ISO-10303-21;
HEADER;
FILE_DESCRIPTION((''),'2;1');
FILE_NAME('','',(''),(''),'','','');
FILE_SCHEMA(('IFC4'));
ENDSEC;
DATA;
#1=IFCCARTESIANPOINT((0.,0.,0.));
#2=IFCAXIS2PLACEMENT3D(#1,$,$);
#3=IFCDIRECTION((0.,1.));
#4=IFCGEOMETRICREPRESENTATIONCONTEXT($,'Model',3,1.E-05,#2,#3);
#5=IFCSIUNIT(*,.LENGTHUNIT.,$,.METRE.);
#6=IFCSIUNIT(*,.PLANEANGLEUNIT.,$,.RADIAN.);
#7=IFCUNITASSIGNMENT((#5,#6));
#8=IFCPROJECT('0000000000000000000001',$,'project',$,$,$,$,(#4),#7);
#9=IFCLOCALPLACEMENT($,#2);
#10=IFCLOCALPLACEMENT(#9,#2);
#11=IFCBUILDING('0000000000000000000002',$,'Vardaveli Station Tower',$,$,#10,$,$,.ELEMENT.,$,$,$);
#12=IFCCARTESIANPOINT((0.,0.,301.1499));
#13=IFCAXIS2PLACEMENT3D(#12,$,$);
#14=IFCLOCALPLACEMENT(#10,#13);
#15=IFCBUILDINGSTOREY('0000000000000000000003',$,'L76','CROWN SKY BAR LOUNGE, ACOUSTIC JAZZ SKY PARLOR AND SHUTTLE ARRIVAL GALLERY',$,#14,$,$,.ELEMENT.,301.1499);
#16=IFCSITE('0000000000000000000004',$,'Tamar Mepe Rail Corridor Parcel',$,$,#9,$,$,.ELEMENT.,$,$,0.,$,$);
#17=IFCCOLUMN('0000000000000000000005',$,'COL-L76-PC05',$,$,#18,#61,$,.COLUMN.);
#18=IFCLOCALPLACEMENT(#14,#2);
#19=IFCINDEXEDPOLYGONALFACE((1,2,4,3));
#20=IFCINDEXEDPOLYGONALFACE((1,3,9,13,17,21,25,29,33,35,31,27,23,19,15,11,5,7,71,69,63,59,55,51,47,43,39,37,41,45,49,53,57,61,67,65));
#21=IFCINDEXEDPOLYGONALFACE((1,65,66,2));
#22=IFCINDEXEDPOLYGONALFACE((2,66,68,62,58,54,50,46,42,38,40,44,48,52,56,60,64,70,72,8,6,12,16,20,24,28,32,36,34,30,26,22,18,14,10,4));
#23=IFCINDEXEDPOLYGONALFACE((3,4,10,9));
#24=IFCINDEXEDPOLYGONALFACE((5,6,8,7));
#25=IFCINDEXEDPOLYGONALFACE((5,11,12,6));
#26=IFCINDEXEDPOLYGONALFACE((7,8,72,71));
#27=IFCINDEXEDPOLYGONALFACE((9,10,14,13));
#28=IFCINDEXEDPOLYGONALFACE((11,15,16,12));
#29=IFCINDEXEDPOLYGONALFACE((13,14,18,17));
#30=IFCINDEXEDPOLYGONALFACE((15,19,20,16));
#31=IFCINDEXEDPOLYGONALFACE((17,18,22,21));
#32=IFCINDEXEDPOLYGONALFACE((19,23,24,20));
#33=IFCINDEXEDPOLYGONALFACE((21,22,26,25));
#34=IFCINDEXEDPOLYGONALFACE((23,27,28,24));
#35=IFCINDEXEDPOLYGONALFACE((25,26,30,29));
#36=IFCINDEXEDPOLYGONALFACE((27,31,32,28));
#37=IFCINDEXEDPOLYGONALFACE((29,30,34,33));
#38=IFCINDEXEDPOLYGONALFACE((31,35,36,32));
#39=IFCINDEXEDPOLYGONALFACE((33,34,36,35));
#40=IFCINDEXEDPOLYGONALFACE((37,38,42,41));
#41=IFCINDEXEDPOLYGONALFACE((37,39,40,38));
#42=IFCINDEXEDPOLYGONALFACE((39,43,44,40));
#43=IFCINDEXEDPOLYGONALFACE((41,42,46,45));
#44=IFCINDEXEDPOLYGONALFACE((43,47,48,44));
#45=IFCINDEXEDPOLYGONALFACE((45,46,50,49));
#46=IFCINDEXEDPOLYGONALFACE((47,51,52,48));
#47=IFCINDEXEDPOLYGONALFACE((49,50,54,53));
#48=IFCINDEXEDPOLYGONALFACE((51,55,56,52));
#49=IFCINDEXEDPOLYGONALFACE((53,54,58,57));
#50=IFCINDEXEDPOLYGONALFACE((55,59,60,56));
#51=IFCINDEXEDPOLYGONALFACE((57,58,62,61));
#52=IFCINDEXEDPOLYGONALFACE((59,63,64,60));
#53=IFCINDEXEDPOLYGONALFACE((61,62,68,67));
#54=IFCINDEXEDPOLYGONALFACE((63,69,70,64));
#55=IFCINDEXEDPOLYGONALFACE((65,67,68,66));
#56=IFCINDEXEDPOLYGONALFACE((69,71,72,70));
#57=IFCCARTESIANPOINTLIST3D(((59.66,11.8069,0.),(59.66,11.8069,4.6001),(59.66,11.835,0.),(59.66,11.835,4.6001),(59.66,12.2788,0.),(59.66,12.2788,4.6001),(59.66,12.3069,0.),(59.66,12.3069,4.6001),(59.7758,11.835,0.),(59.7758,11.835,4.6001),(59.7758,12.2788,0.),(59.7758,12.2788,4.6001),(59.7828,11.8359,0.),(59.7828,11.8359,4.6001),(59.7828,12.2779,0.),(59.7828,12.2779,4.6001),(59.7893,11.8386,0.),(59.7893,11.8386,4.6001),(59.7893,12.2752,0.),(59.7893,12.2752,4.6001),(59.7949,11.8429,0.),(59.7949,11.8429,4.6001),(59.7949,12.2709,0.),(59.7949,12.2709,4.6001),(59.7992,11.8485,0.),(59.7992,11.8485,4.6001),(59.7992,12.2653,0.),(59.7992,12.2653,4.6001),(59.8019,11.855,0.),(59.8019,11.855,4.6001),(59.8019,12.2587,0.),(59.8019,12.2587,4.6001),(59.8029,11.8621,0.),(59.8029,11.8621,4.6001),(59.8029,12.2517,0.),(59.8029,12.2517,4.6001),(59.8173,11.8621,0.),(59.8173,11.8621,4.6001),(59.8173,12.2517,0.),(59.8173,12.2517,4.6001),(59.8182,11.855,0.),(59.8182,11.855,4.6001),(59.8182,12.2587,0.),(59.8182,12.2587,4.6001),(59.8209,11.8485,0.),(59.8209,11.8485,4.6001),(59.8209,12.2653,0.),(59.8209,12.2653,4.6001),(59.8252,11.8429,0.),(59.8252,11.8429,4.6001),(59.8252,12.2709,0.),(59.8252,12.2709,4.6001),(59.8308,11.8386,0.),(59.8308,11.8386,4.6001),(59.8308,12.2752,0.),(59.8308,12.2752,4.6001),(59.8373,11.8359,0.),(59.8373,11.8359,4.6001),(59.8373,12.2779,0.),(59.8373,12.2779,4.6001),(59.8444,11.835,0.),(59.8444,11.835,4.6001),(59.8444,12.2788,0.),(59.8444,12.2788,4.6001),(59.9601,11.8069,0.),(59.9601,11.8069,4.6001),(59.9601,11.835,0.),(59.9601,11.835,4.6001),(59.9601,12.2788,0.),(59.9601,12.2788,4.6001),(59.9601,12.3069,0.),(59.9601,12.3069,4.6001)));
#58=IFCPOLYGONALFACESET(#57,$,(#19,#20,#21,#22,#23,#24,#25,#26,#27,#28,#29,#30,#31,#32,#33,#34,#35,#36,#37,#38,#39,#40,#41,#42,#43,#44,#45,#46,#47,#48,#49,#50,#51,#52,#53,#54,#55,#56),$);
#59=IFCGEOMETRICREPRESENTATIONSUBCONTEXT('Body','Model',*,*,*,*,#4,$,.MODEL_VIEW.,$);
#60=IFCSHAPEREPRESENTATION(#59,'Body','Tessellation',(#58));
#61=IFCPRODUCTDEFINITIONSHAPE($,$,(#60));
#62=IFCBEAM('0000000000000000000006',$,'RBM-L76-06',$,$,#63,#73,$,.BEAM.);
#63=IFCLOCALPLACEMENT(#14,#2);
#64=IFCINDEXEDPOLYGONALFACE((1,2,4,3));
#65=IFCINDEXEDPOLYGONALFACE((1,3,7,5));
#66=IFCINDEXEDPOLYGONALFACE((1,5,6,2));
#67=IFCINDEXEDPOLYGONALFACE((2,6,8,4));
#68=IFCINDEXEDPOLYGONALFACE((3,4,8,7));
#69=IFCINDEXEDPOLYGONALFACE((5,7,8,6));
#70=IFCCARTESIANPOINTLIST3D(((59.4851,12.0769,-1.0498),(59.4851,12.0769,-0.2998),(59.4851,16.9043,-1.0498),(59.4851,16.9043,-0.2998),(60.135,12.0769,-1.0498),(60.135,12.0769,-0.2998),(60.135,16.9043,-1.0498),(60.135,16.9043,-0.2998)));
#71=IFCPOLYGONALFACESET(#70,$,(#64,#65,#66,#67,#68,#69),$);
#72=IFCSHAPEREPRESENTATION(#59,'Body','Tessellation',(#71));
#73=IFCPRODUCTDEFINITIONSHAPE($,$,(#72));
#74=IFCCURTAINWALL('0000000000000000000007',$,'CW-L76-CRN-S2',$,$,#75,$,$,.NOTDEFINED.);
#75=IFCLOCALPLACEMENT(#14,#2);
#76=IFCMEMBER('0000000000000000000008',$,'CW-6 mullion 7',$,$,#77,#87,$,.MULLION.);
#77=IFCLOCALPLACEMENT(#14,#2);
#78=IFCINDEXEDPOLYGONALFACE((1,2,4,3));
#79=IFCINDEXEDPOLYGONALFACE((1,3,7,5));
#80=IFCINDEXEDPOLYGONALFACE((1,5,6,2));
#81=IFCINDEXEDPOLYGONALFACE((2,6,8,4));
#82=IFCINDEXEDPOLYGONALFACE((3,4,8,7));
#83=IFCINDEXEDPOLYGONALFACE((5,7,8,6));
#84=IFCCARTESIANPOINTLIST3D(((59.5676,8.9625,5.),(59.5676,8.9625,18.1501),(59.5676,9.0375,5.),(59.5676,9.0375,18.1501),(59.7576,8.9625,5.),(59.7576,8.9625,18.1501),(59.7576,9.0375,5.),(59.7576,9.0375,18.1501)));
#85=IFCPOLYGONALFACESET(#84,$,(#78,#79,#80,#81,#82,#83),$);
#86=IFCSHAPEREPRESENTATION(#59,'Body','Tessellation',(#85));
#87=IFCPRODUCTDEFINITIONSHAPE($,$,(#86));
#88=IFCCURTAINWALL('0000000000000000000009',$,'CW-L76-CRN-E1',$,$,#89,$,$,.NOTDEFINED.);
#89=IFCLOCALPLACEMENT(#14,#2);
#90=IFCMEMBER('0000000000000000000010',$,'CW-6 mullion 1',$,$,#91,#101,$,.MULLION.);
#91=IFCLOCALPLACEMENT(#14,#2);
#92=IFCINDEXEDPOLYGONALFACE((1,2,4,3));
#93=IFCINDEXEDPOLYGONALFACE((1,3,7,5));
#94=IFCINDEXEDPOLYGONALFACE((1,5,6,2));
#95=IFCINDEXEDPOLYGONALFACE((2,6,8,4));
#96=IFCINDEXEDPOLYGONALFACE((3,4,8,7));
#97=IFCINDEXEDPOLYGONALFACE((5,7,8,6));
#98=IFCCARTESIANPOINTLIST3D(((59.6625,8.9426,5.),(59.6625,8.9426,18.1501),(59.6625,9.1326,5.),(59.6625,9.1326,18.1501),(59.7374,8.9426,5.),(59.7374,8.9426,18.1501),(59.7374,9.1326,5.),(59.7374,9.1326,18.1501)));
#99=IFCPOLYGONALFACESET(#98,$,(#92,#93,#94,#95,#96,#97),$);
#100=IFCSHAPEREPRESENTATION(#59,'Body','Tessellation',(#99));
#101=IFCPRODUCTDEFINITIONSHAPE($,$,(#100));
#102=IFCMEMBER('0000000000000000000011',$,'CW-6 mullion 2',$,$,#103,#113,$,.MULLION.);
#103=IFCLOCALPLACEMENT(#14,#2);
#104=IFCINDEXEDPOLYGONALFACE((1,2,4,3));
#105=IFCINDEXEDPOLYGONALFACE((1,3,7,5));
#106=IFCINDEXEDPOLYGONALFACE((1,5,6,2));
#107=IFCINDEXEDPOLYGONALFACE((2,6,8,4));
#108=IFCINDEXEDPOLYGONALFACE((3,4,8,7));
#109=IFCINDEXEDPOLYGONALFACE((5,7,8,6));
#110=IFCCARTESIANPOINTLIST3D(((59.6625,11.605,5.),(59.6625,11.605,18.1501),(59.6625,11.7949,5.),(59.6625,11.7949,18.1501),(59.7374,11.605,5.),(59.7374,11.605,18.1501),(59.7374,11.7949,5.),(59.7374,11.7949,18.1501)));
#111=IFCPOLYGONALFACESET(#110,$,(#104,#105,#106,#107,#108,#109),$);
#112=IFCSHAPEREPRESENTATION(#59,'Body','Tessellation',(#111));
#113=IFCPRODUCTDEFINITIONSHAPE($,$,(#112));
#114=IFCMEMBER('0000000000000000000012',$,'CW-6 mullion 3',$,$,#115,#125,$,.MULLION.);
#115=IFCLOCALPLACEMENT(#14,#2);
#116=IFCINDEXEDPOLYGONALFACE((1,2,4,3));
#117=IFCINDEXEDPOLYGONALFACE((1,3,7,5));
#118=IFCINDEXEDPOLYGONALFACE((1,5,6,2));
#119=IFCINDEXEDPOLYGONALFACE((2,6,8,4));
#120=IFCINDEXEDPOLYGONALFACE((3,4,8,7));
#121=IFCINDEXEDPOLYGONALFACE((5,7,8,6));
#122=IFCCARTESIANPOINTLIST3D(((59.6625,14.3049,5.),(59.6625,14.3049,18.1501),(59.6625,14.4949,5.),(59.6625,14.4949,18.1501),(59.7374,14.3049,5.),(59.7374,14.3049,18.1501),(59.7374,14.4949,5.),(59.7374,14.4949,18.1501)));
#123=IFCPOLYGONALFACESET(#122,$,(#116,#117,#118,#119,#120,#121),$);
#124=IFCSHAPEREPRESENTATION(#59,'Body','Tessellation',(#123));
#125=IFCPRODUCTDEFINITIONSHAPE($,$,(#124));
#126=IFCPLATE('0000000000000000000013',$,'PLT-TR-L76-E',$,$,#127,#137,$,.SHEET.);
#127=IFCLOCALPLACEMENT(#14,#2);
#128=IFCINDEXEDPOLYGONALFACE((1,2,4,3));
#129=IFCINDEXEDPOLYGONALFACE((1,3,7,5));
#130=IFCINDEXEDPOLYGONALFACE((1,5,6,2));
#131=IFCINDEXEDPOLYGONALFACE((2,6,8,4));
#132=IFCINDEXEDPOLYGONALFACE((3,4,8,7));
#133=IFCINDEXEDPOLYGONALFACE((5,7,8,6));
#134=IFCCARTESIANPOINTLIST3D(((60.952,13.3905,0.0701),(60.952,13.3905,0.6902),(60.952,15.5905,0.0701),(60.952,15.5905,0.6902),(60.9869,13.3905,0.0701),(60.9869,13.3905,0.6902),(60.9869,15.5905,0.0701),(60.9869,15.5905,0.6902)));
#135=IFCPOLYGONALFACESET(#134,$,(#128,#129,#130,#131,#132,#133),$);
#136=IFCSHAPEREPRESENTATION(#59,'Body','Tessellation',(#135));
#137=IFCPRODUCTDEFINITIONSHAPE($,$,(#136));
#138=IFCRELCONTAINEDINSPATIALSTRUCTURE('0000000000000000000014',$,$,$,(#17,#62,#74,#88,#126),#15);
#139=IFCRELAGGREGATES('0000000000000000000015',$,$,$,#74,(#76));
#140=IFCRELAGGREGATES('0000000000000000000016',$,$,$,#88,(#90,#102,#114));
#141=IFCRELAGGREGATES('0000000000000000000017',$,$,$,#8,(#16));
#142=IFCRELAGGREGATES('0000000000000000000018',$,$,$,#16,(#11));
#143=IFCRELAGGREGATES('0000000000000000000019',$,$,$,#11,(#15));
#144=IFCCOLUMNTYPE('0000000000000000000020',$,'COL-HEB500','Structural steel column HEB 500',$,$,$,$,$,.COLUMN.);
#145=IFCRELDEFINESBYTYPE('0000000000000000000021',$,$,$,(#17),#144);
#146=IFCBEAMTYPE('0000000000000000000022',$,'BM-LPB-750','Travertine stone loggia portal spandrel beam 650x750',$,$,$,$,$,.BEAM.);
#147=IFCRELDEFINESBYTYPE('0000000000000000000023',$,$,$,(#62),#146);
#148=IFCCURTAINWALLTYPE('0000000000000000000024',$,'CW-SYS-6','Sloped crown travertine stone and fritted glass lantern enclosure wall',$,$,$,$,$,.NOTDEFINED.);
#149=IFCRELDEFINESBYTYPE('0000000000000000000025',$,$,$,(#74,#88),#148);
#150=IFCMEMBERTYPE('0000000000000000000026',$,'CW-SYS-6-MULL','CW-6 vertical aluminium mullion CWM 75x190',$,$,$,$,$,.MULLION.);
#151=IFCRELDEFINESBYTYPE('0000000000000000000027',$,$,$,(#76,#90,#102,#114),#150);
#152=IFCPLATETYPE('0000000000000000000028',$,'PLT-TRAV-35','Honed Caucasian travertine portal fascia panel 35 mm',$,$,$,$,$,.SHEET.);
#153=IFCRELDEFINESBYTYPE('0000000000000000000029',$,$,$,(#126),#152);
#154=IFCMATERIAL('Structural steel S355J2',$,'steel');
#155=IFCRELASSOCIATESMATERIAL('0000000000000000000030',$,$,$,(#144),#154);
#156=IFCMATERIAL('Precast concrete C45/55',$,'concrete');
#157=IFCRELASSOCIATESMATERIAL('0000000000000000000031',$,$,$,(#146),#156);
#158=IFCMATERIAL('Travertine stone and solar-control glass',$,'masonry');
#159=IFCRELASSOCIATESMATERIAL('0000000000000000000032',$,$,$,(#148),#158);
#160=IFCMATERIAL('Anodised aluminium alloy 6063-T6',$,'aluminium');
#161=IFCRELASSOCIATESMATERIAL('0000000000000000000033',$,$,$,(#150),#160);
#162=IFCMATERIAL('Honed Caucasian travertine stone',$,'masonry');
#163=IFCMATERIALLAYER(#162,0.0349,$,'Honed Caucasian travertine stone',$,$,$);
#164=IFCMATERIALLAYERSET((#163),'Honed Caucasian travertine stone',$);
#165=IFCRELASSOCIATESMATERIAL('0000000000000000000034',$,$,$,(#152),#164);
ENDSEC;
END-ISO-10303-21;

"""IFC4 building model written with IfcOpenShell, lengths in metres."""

from ifc_helpers import new_model, si_unit, direction, frame, origin, origin_2d, place, context, subcontext, project, spatial, rectangle, i_section, extrude, source, transform, mapped, material, layer, layer_set, material_profile, profile_set, type_object, element, aggregate, save


model = new_model("IFC4")

# Units and contexts
model_context = context("Model", 3, precision=1e-05, world=origin(), true_north=direction((0.0, 1.0)))
body_context = subcontext(model_context, "Body", "Model", "MODEL_VIEW")
ifc_project = project(units=[si_unit("LENGTHUNIT", "METRE"), si_unit("PLANEANGLEUNIT", "RADIAN")], contexts=[model_context])

# Site, building, storey
site_placement = place(None, origin())
site = spatial("IfcSite", under=ifc_project, at=site_placement, Name="Tamar Mepe Rail Corridor Parcel", CompositionType="ELEMENT", RefElevation=0.0)
building_placement = place(site_placement, origin())
building = spatial("IfcBuilding", under=site, at=building_placement, Name="Vardaveli Station Tower", CompositionType="ELEMENT")
storey_placement = place(building_placement, frame((0.0, 0.0, 301.1499)))
storey = spatial("IfcBuildingStorey", under=building, at=storey_placement, Name="L76", Description="CROWN SKY BAR LOUNGE, ACOUSTIC JAZZ SKY PARLOR AND SHUTTLE ARRIVAL GALLERY", CompositionType="ELEMENT", Elevation=301.1499)

# Column
ifc_material_1 = material(Name="Structural steel S355J2", Category="steel")
ifc_material_profile_1 = material_profile(ifc_material_1, i_section(OverallWidth=0.3, OverallDepth=0.5, WebThickness=0.0144, FlangeThickness=0.0281, FilletRadius=0.0271, at=origin_2d()), Name="HEB 500")
ifc_profile_set_1 = profile_set([ifc_material_profile_1], Name="Structural steel S355J2")
column_type = type_object("IfcColumnType", Name="COL-HEB500", Description="Structural steel column HEB 500", PredefinedType="COLUMN", material=ifc_profile_set_1)
shared_shape_1 = source(origin(), body_context, "Body", "SweptSolid", [
    extrude(i_section(OverallWidth=0.3, OverallDepth=0.5, WebThickness=0.0144, FlangeThickness=0.0281, FilletRadius=0.0271, at=origin_2d()), origin(), (0.0, 0.0, 1.0), 4.6001),
])
column_placement = place(storey_placement, frame((59.8101, 12.0569, 0.0), z_axis=(0.0, 0.0, 1.0), x_axis=(1.0, 0.0, 0.0)))
element("IfcColumn", 1, at=column_placement, inside=storey, type_object=column_type, Name="COL-L76-PC05", PredefinedType="COLUMN", context=body_context, shape_type="MappedRepresentation", body=[
    mapped(shared_shape_1, transform((0.0, 0.0, 0.0), scale=1.0)),
])

# Beam
ifc_material_2 = material(Name="Precast concrete C45/55", Category="concrete")
ifc_material_profile_2 = material_profile(ifc_material_2, rectangle(XDim=0.6499, YDim=0.75, at=origin_2d()), Name="LPB 650x750")
ifc_profile_set_2 = profile_set([ifc_material_profile_2], Name="Precast concrete C45/55")
beam_type = type_object("IfcBeamType", Name="BM-LPB-750", Description="Travertine stone loggia portal spandrel beam 650x750", PredefinedType="BEAM", material=ifc_profile_set_2)
shared_shape_2 = source(origin(), body_context, "Body", "SweptSolid", [
    extrude(rectangle(XDim=0.6499, YDim=0.75, at=origin_2d()), origin(), (0.0, 0.0, 1.0), 4.8274),
])
beam_placement = place(storey_placement, frame((59.8101, 12.0769, -0.6748), z_axis=(0.0, 1.0, 0.0), x_axis=(-1.0, 0.0, 0.0)))
element("IfcBeam", 2, at=beam_placement, inside=storey, type_object=beam_type, Name="RBM-L76-06", PredefinedType="BEAM", context=body_context, shape_type="MappedRepresentation", body=[
    mapped(shared_shape_2, transform((0.0, 0.0, 0.0), scale=1.0)),
])

# Curtain wall, member
ifc_material_3 = material(Name="Travertine stone and solar-control glass", Category="masonry")
curtain_wall_type = type_object("IfcCurtainWallType", Name="CW-SYS-6", Description="Sloped crown travertine stone and fritted glass lantern enclosure wall", PredefinedType="NOTDEFINED", material=ifc_material_3)
curtain_wall_1_placement = place(storey_placement, origin())
curtain_wall_1 = element("IfcCurtainWall", 3, at=curtain_wall_1_placement, inside=storey, type_object=curtain_wall_type, Name="CW-L76-CRN-S2", PredefinedType="NOTDEFINED")
ifc_material_4 = material(Name="Anodised aluminium alloy 6063-T6", Category="aluminium")
ifc_material_profile_3 = material_profile(ifc_material_4, rectangle(XDim=0.075, YDim=0.1899, at=origin_2d()), Name="CWM 75x190")
ifc_profile_set_3 = profile_set([ifc_material_profile_3], Name="Anodised aluminium alloy 6063-T6")
member_type = type_object("IfcMemberType", Name="CW-SYS-6-MULL", Description="CW-6 vertical aluminium mullion CWM 75x190", PredefinedType="MULLION", material=ifc_profile_set_3)
shared_shape_3 = source(origin(), body_context, "Body", "SweptSolid", [
    extrude(rectangle(XDim=0.075, YDim=0.1899, at=origin_2d()), origin(), (0.0, 0.0, 1.0), 13.1501),
])
member_1_placement = place(storey_placement, frame((59.6626, 9.0, 5.0), z_axis=(0.0, 0.0, 1.0), x_axis=(0.0, 1.0, 0.0)))
member_1 = element("IfcMember", 4, at=member_1_placement, type_object=member_type, Name="CW-6 mullion 7", PredefinedType="MULLION", context=body_context, shape_type="MappedRepresentation", body=[
    mapped(shared_shape_3, transform((0.0, 0.0, 0.0), scale=1.0)),
])
aggregate(curtain_wall_1, [member_1])

# Curtain wall, members
curtain_wall_2_placement = place(storey_placement, origin())
curtain_wall_2 = element("IfcCurtainWall", 5, at=curtain_wall_2_placement, inside=storey, type_object=curtain_wall_type, Name="CW-L76-CRN-E1", PredefinedType="NOTDEFINED")
member_2_placement = place(storey_placement, frame((59.7, 9.0376, 5.0), z_axis=(0.0, 0.0, 1.0), x_axis=(-1.0, 0.0, 0.0)))
member_2 = element("IfcMember", 6, at=member_2_placement, type_object=member_type, Name="CW-6 mullion 1", PredefinedType="MULLION", context=body_context, shape_type="MappedRepresentation", body=[
    mapped(shared_shape_3, transform((0.0, 0.0, 0.0), scale=1.0)),
])
member_3_placement = place(storey_placement, frame((59.7, 11.7, 5.0), z_axis=(0.0, 0.0, 1.0), x_axis=(-1.0, 0.0, 0.0)))
member_3 = element("IfcMember", 7, at=member_3_placement, type_object=member_type, Name="CW-6 mullion 2", PredefinedType="MULLION", context=body_context, shape_type="MappedRepresentation", body=[
    mapped(shared_shape_3, transform((0.0, 0.0, 0.0), scale=1.0)),
])
member_4_placement = place(storey_placement, frame((59.7, 14.3999, 5.0), z_axis=(0.0, 0.0, 1.0), x_axis=(-1.0, 0.0, 0.0)))
member_4 = element("IfcMember", 8, at=member_4_placement, type_object=member_type, Name="CW-6 mullion 3", PredefinedType="MULLION", context=body_context, shape_type="MappedRepresentation", body=[
    mapped(shared_shape_3, transform((0.0, 0.0, 0.0), scale=1.0)),
])
aggregate(curtain_wall_2, [member_2, member_3, member_4])

# Plate
ifc_material_5 = material(Name="Honed Caucasian travertine stone", Category="masonry")
ifc_layer_1 = layer(ifc_material_5, 0.0349, Name="Honed Caucasian travertine stone")
ifc_layer_set_1 = layer_set([ifc_layer_1], Name="Honed Caucasian travertine stone")
plate_type = type_object("IfcPlateType", Name="PLT-TRAV-35", Description="Honed Caucasian travertine portal fascia panel 35 mm", PredefinedType="SHEET", material=ifc_layer_set_1)
shared_shape_4 = source(origin(), body_context, "Body", "SweptSolid", [
    extrude(rectangle(XDim=2.2, YDim=0.0349, at=origin_2d()), origin(), (0.0, 0.0, 1.0), 0.6201),
])
plate_placement = place(storey_placement, frame((60.9695, 14.4905, 0.0701), z_axis=(0.0, 0.0, 1.0), x_axis=(0.0, 1.0, 0.0)))
element("IfcPlate", 9, at=plate_placement, inside=storey, type_object=plate_type, Name="PLT-TR-L76-E", PredefinedType="SHEET", context=body_context, shape_type="MappedRepresentation", body=[
    mapped(shared_shape_4, transform((0.0, 0.0, 0.0), scale=1.0)),
])

save(model, "model.ifc")
